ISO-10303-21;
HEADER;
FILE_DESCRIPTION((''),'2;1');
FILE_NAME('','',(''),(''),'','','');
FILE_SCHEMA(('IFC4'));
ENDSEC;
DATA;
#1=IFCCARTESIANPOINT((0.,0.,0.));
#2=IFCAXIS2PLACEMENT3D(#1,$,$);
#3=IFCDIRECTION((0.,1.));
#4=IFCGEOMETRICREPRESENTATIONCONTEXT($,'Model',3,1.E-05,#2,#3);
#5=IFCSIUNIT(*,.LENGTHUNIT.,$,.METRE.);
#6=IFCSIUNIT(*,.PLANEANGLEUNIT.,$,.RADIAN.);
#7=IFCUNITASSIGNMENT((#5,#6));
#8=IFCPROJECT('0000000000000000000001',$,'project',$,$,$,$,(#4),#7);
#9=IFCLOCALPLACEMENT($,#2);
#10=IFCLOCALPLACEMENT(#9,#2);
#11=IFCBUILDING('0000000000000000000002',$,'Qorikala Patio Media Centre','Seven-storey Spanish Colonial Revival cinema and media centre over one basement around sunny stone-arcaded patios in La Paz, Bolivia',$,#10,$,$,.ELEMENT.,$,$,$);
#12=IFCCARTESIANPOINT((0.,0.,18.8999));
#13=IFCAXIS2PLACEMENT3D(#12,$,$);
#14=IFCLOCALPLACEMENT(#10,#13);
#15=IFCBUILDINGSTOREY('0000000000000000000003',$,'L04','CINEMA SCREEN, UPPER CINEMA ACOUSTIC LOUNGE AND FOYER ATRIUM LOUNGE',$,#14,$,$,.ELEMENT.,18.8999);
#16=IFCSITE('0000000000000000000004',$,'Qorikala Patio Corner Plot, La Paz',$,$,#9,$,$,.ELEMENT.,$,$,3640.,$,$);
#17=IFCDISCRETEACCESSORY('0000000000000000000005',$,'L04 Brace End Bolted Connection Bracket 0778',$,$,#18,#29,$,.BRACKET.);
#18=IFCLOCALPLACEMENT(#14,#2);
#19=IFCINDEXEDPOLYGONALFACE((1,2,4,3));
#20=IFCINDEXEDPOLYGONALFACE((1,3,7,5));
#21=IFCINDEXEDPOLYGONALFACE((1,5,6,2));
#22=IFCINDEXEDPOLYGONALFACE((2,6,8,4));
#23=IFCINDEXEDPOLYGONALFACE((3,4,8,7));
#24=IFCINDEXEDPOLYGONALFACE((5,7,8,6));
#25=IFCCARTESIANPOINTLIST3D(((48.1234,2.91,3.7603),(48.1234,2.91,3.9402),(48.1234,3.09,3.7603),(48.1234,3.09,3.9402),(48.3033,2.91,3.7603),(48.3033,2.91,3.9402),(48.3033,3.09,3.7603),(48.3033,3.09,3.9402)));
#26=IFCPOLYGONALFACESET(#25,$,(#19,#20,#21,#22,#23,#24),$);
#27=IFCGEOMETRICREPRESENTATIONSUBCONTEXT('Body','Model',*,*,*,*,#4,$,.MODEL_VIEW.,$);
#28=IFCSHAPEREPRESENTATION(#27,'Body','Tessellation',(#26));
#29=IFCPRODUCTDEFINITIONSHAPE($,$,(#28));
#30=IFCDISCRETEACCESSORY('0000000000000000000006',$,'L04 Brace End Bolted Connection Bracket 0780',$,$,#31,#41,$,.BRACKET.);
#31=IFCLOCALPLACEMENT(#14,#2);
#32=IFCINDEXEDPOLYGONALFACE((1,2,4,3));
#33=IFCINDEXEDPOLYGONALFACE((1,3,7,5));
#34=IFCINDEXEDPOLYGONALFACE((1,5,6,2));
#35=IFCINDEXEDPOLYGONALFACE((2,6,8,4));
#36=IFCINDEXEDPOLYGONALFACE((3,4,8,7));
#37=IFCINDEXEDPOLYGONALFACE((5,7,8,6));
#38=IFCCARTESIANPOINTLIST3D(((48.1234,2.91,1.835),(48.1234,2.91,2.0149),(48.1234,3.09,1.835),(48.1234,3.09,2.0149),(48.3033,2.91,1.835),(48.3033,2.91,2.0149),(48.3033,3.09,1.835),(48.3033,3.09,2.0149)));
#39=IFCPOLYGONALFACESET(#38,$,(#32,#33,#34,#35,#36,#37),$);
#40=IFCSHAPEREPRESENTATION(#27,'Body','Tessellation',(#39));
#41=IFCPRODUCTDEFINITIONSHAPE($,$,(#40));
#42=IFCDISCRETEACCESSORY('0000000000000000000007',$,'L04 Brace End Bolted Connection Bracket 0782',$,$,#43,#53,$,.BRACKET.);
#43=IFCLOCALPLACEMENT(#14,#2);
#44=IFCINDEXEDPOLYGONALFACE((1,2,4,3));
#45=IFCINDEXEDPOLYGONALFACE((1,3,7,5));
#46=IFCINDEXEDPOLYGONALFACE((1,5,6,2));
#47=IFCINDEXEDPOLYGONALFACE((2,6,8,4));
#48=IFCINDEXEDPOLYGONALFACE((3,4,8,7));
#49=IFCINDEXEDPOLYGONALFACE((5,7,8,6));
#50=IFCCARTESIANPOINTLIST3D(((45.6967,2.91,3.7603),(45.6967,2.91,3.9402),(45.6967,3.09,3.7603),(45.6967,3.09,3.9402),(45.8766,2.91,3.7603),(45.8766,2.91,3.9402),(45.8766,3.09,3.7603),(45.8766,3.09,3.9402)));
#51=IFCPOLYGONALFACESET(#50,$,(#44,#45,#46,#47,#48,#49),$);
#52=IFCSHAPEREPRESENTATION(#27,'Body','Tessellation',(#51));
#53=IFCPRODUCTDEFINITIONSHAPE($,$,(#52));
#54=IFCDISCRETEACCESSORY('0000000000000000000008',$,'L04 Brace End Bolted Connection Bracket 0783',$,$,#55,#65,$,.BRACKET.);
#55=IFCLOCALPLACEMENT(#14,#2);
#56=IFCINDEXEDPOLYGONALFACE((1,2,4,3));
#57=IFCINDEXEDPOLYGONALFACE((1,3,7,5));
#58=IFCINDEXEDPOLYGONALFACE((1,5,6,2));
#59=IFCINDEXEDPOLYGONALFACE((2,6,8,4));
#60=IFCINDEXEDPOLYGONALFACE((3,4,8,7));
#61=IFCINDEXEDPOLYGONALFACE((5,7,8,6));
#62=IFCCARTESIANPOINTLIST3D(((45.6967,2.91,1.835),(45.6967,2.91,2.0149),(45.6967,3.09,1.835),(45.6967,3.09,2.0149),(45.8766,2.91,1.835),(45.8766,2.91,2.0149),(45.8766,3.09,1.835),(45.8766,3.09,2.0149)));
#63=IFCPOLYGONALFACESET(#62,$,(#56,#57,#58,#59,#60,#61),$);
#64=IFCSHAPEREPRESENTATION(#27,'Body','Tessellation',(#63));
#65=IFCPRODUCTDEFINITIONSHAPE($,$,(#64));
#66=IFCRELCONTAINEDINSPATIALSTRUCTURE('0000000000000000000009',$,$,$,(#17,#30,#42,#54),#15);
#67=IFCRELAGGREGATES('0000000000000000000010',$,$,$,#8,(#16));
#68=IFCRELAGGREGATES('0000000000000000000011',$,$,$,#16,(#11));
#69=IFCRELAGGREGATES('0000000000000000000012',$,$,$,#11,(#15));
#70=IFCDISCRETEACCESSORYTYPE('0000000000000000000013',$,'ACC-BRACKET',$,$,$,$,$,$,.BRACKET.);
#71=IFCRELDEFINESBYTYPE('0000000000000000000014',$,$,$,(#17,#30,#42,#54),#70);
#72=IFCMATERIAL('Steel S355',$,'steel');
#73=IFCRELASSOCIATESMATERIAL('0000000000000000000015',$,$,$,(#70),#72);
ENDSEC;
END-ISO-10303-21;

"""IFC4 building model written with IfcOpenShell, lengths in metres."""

from ifc_helpers import new_model, si_unit, direction, frame, origin, origin_2d, place, context, subcontext, project, spatial, rectangle, extrude, material, type_object, element, save


model = new_model("IFC4")

# Units and contexts
model_context = context("Model", 3, precision=1e-05, world=origin(), true_north=direction((0.0, 1.0)))
body_context = subcontext(model_context, "Body", "Model", "MODEL_VIEW")
ifc_project = project(units=[si_unit("LENGTHUNIT", "METRE"), si_unit("PLANEANGLEUNIT", "RADIAN")], contexts=[model_context])

# Site, building, storey
site_placement = place(None, origin())
site = spatial("IfcSite", under=ifc_project, at=site_placement, Name="Qorikala Patio Corner Plot, La Paz", CompositionType="ELEMENT", RefElevation=3640.0)
building_placement = place(site_placement, origin())
building = spatial("IfcBuilding", under=site, at=building_placement, Name="Qorikala Patio Media Centre", Description="Seven-storey Spanish Colonial Revival cinema and media centre over one basement around sunny stone-arcaded patios in La Paz, Bolivia", CompositionType="ELEMENT")
storey_placement = place(building_placement, frame((0.0, 0.0, 18.8999)))
storey = spatial("IfcBuildingStorey", under=building, at=storey_placement, Name="L04", Description="CINEMA SCREEN, UPPER CINEMA ACOUSTIC LOUNGE AND FOYER ATRIUM LOUNGE", CompositionType="ELEMENT", Elevation=18.8999)

# Discrete accessories
ifc_material_1 = material(Name="Steel S355", Category="steel")
discrete_accessory_type = type_object("IfcDiscreteAccessoryType", Name="ACC-BRACKET", PredefinedType="BRACKET", material=ifc_material_1)
for number, where, z_axis, x_axis, name in (
    (1, (48.2134, 3.0, 3.7603), (0.0, 0.0, 1.0), (1.0, 0.0, 0.0), "L04 Brace End Bolted Connection Bracket 0778"),
    (2, (48.2134, 3.0, 1.835), (0.0, 0.0, 1.0), (1.0, 0.0, 0.0), "L04 Brace End Bolted Connection Bracket 0780"),
    (3, (45.7866, 3.0, 3.7603), (0.0, 0.0, 1.0), (1.0, 0.0, 0.0), "L04 Brace End Bolted Connection Bracket 0782"),
    (4, (45.7866, 3.0, 1.835), (0.0, 0.0, 1.0), (1.0, 0.0, 0.0), "L04 Brace End Bolted Connection Bracket 0783"),
):
    element("IfcDiscreteAccessory", number, at=place(storey_placement, frame(where, z_axis=z_axis, x_axis=x_axis)), inside=storey, type_object=discrete_accessory_type, Name=name, PredefinedType="BRACKET", context=body_context, shape_type="SweptSolid", body=[
        extrude(rectangle(XDim=0.1799, YDim=0.1799, at=origin_2d()), origin(), (0.0, 0.0, 1.0), 0.1799),
    ])

save(model, "model.ifc")
